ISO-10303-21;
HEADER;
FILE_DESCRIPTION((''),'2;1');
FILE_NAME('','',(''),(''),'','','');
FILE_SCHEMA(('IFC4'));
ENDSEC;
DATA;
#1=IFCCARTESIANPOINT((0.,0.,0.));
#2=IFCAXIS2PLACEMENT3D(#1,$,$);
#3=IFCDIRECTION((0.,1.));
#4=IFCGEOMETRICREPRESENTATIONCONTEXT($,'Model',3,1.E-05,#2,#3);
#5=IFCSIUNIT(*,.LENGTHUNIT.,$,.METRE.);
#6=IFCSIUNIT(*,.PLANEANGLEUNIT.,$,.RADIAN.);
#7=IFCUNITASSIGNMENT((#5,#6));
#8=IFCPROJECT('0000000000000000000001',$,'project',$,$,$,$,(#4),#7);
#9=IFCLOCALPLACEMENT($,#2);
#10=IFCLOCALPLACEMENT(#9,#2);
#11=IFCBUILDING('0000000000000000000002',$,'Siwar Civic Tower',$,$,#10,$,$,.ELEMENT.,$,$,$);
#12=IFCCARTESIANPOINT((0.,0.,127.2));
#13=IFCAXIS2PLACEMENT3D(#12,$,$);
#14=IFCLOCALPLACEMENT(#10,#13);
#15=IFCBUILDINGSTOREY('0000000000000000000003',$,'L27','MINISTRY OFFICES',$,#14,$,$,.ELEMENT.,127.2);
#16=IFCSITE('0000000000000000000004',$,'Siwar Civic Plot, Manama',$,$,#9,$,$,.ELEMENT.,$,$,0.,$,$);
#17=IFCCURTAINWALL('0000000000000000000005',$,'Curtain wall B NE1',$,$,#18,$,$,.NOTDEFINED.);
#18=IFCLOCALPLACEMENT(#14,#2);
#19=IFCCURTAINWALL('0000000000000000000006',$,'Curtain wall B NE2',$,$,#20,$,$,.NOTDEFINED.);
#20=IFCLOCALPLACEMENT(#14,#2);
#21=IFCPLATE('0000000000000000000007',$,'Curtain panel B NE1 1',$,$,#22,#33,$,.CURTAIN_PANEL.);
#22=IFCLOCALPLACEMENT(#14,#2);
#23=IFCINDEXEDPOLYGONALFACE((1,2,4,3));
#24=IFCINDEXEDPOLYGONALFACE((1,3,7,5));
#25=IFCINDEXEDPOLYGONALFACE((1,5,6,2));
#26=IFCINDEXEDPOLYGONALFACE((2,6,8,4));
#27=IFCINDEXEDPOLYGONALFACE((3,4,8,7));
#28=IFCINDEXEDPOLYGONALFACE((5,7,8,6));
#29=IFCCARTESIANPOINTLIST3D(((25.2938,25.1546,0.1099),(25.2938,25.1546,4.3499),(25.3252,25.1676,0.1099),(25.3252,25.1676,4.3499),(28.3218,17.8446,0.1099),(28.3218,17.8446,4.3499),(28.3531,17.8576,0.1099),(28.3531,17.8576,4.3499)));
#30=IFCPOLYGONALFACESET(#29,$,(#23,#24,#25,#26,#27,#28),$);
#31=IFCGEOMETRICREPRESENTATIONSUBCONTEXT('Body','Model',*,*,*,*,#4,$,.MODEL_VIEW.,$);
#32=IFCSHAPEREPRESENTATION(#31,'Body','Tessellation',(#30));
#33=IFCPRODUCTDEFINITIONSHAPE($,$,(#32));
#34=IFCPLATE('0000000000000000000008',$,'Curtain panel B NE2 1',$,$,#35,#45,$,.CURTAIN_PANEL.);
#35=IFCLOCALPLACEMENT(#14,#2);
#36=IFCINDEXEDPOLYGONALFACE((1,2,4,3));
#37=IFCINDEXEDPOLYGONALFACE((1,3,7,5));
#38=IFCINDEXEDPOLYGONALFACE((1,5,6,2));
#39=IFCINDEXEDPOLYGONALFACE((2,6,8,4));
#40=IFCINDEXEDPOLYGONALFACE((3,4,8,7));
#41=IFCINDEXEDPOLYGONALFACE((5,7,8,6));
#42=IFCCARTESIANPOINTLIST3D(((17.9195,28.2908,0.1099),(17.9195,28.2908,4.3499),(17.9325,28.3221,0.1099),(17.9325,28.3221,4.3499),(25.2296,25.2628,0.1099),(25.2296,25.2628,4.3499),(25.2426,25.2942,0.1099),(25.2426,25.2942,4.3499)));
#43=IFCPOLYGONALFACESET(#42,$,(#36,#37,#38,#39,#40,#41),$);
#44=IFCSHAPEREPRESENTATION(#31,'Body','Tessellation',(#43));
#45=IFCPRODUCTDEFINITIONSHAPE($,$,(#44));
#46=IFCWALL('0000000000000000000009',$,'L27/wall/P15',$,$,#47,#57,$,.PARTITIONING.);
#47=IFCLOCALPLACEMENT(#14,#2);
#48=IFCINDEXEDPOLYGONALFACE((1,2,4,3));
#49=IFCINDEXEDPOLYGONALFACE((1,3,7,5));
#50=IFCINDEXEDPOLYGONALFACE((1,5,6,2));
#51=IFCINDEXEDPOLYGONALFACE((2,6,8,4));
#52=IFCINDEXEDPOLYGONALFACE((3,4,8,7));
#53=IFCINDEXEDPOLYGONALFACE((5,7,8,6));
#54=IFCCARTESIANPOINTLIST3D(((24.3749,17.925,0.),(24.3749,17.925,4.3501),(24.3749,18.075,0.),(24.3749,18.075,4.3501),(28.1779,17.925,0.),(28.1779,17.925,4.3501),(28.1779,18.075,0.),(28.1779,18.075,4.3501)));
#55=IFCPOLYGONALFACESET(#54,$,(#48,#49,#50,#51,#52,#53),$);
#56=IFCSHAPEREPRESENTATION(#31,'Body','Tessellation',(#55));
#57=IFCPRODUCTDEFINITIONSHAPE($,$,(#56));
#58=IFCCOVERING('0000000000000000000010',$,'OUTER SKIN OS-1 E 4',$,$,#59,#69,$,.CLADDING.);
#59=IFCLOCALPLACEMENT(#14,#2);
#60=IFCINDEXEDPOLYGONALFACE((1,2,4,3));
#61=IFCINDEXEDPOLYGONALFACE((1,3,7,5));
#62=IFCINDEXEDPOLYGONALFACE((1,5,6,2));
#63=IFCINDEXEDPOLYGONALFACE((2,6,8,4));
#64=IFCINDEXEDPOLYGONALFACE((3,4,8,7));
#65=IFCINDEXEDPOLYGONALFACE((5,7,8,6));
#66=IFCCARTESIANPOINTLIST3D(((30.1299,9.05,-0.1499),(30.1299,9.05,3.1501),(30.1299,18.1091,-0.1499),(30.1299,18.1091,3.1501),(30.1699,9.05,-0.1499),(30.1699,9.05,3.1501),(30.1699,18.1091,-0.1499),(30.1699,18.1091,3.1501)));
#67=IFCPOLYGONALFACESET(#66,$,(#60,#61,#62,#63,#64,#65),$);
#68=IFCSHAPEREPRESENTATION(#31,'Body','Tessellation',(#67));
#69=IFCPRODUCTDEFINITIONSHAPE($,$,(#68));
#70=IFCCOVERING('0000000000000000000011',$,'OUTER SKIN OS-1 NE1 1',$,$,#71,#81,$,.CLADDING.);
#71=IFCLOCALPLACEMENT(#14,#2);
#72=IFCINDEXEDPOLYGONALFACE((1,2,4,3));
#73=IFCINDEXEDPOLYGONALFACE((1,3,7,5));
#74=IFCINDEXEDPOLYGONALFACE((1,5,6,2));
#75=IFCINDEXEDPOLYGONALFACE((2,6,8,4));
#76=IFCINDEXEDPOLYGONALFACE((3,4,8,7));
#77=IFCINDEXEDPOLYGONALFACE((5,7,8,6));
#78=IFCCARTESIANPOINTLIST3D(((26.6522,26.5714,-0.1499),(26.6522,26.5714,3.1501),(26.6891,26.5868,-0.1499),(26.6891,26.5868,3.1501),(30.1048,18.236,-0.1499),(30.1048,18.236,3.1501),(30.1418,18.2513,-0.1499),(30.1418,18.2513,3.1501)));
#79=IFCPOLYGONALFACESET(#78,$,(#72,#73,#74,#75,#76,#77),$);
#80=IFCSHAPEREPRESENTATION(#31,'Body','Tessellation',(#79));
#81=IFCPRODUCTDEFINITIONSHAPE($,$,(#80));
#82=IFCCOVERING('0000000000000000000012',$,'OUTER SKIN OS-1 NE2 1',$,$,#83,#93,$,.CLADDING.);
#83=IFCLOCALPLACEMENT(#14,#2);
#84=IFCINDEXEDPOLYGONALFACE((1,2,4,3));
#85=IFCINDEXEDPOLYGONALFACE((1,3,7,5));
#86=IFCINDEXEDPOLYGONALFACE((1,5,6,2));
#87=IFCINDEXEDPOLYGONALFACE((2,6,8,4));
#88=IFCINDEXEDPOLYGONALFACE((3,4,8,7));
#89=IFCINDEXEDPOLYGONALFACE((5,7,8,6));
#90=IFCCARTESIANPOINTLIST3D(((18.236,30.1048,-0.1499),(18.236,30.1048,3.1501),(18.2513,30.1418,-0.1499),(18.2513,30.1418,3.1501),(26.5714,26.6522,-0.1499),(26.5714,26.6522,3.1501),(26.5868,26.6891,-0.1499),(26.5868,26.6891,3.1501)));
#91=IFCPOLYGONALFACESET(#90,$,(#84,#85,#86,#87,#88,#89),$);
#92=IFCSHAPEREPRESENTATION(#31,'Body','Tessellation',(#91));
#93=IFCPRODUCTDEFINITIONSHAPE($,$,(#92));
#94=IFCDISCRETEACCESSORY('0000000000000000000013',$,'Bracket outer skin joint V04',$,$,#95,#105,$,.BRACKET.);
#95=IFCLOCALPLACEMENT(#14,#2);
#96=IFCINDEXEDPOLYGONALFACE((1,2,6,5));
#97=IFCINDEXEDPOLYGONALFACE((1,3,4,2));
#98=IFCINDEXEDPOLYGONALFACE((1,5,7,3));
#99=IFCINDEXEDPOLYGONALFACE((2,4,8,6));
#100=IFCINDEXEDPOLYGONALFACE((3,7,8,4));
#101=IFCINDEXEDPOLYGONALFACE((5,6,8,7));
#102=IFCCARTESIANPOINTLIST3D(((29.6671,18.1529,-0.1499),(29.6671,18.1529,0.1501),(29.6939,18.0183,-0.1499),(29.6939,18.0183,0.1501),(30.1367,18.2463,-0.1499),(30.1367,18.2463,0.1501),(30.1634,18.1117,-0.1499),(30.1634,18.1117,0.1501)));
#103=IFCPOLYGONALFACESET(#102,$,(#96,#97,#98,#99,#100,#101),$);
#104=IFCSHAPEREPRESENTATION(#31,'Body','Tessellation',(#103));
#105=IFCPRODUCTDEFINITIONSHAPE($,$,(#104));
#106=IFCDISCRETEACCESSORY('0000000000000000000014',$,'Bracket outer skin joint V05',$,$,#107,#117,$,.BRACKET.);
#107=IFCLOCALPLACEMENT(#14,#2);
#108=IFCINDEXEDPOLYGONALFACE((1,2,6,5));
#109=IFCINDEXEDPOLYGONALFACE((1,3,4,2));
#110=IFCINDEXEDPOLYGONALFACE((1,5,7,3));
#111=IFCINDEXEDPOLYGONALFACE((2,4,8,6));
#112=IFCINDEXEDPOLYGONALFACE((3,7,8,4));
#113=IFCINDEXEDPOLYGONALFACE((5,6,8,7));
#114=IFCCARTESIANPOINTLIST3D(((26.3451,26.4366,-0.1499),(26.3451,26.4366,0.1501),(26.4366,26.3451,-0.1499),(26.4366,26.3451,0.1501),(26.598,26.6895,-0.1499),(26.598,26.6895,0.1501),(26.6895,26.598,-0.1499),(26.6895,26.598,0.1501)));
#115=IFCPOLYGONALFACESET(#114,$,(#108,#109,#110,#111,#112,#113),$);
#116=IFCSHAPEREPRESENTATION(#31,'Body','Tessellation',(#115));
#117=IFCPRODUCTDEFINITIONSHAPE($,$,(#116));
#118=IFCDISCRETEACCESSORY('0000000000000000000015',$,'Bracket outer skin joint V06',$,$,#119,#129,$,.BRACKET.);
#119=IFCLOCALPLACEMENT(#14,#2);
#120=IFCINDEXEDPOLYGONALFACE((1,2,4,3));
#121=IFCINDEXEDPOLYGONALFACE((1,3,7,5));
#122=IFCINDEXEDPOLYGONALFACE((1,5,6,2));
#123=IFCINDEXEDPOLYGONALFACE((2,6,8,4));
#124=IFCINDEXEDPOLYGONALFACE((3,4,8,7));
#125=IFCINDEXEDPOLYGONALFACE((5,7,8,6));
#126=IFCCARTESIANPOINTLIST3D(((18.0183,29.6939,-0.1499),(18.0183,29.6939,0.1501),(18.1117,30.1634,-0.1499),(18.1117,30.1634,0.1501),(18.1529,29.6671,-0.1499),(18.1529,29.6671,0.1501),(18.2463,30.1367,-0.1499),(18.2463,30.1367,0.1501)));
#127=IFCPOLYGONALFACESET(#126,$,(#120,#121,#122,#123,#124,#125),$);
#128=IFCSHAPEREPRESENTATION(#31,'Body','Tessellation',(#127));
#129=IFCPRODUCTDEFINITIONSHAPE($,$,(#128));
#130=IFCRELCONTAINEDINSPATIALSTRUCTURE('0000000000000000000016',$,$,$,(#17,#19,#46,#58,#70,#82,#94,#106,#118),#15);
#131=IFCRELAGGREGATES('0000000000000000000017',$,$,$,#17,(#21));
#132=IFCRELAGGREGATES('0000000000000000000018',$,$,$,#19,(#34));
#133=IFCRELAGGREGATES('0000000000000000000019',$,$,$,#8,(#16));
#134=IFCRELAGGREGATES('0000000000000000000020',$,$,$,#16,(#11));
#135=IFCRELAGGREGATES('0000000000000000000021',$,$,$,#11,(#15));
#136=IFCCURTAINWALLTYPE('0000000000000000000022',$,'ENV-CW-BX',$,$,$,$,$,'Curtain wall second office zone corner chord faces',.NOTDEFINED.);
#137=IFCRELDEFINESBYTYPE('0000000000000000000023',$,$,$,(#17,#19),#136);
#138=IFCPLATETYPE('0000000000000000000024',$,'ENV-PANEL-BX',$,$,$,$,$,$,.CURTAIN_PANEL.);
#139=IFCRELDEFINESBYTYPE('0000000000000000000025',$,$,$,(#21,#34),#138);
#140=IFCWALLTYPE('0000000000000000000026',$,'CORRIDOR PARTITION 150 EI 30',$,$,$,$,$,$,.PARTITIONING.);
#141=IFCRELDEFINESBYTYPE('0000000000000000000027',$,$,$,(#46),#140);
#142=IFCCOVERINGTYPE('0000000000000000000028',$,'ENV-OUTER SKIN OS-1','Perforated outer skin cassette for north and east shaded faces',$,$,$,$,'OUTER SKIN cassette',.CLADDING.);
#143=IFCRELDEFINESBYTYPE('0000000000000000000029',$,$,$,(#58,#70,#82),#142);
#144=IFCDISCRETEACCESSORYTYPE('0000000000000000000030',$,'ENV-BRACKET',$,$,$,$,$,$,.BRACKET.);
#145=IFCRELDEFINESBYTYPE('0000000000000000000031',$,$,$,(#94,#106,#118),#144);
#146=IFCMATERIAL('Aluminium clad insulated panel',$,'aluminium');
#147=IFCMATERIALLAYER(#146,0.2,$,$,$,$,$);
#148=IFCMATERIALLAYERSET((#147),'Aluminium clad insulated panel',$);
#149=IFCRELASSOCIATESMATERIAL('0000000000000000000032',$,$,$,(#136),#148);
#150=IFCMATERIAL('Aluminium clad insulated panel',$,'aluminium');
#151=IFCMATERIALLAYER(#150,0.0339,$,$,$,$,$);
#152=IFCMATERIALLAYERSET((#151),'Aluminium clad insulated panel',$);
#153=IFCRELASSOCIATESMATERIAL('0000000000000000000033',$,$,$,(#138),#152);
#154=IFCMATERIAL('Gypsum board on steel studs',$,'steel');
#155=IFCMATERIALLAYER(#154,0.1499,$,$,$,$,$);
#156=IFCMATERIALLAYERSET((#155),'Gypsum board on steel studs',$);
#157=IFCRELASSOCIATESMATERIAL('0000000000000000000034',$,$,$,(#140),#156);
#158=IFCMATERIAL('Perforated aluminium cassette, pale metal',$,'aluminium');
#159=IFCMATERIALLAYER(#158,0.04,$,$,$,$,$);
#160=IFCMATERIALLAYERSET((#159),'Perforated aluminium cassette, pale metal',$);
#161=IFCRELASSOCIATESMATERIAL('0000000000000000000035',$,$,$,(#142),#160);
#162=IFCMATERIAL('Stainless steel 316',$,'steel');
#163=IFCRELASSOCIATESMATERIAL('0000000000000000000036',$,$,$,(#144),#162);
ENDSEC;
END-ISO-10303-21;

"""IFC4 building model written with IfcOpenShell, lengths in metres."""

from ifc_helpers import new_model, si_unit, direction, frame, frame_2d, origin, origin_2d, place, context, subcontext, project, spatial, rectangle, extrude, material, layer, layer_set, type_object, element, aggregate, save


model = new_model("IFC4")

# Units and contexts
model_context = context("Model", 3, precision=1e-05, world=origin(), true_north=direction((0.0, 1.0)))
body_context = subcontext(model_context, "Body", "Model", "MODEL_VIEW")
ifc_project = project(units=[si_unit("LENGTHUNIT", "METRE"), si_unit("PLANEANGLEUNIT", "RADIAN")], contexts=[model_context])

# Site, building, storey
site_placement = place(None, origin())
site = spatial("IfcSite", under=ifc_project, at=site_placement, Name="Siwar Civic Plot, Manama", CompositionType="ELEMENT", RefElevation=0.0)
building_placement = place(site_placement, origin())
building = spatial("IfcBuilding", under=site, at=building_placement, Name="Siwar Civic Tower", CompositionType="ELEMENT")
storey_placement = place(building_placement, frame((0.0, 0.0, 127.2)))
storey = spatial("IfcBuildingStorey", under=building, at=storey_placement, Name="L27", Description="MINISTRY OFFICES", CompositionType="ELEMENT", Elevation=127.2)

# Curtain walls
ifc_material_1 = material(Name="Aluminium clad insulated panel", Category="aluminium")
ifc_layer_1 = layer(ifc_material_1, 0.2)
ifc_layer_set_1 = layer_set([ifc_layer_1], Name="Aluminium clad insulated panel")
curtain_wall_type = type_object("IfcCurtainWallType", Name="ENV-CW-BX", ElementType="Curtain wall second office zone corner chord faces", PredefinedType="NOTDEFINED", material=ifc_layer_set_1)
curtain_wall_1_placement = place(storey_placement, origin())
curtain_wall_1 = element("IfcCurtainWall", 1, at=curtain_wall_1_placement, inside=storey, type_object=curtain_wall_type, Name="Curtain wall B NE1", PredefinedType="NOTDEFINED")
curtain_wall_2_placement = place(storey_placement, origin())
curtain_wall_2 = element("IfcCurtainWall", 2, at=curtain_wall_2_placement, inside=storey, type_object=curtain_wall_type, Name="Curtain wall B NE2", PredefinedType="NOTDEFINED")

# Plates
ifc_material_2 = material(Name="Aluminium clad insulated panel", Category="aluminium")
ifc_layer_2 = layer(ifc_material_2, 0.0339)
ifc_layer_set_2 = layer_set([ifc_layer_2], Name="Aluminium clad insulated panel")
plate_type = type_object("IfcPlateType", Name="ENV-PANEL-BX", PredefinedType="CURTAIN_PANEL", material=ifc_layer_set_2)
plate_1_placement = place(storey_placement, frame((26.8235, 21.5061, 0.1099), z_axis=(0.0, 0.0, 1.0), x_axis=(-0.382683, 0.92388, 0.0)))
plate_1 = element("IfcPlate", 3, at=plate_1_placement, type_object=plate_type, Name="Curtain panel B NE1 1", PredefinedType="CURTAIN_PANEL", context=body_context, shape_type="SweptSolid", body=[
    extrude(rectangle(XDim=7.9124, YDim=0.0339, at=origin_2d()), origin(), (0.0, 0.0, 1.0), 4.24),
])
aggregate(curtain_wall_1, [plate_1])
plate_2_placement = place(storey_placement, frame((21.5811, 26.7925, 0.1099), z_axis=(0.0, 0.0, 1.0), x_axis=(-0.92388, 0.382683, 0.0)))
plate_2 = element("IfcPlate", 4, at=plate_2_placement, type_object=plate_type, Name="Curtain panel B NE2 1", PredefinedType="CURTAIN_PANEL", context=body_context, shape_type="SweptSolid", body=[
    extrude(rectangle(XDim=7.9124, YDim=0.0339, at=origin_2d()), origin(), (0.0, 0.0, 1.0), 4.24),
])
aggregate(curtain_wall_2, [plate_2])

# Wall
ifc_material_3 = material(Name="Gypsum board on steel studs", Category="steel")
ifc_layer_3 = layer(ifc_material_3, 0.1499)
ifc_layer_set_3 = layer_set([ifc_layer_3], Name="Gypsum board on steel studs")
wall_type = type_object("IfcWallType", Name="CORRIDOR PARTITION 150 EI 30", PredefinedType="PARTITIONING", material=ifc_layer_set_3)
wall_placement = place(storey_placement, frame((24.375, 18.0, 0.0), z_axis=(0.0, 0.0, 1.0), x_axis=(1.0, 0.0, 0.0)))
element("IfcWall", 5, at=wall_placement, inside=storey, type_object=wall_type, Name="L27/wall/P15", PredefinedType="PARTITIONING", context=body_context, shape_type="SweptSolid", body=[
    extrude(rectangle(XDim=3.803, YDim=0.1499, at=frame_2d((1.9014, 0.0))), origin(), (0.0, 0.0, 1.0), 4.3501),
])

# Coverings
ifc_material_4 = material(Name="Perforated aluminium cassette, pale metal", Category="aluminium")
ifc_layer_4 = layer(ifc_material_4, 0.04)
ifc_layer_set_4 = layer_set([ifc_layer_4], Name="Perforated aluminium cassette, pale metal")
covering_type = type_object("IfcCoveringType", Name="ENV-OUTER SKIN OS-1", Description="Perforated outer skin cassette for north and east shaded faces", ElementType="OUTER SKIN cassette", PredefinedType="CLADDING", material=ifc_layer_set_4)
covering_placement = place(storey_placement, frame((30.1499, 13.5796, -0.1499), z_axis=(0.0, 0.0, 1.0), x_axis=(0.0, 1.0, 0.0)))
element("IfcCovering", 6, at=covering_placement, inside=storey, type_object=covering_type, Name="OUTER SKIN OS-1 E 4", PredefinedType="CLADDING", context=body_context, shape_type="SweptSolid", body=[
    extrude(rectangle(XDim=9.0591, YDim=0.04, at=origin_2d()), origin(), (0.0, 0.0, 1.0), 3.3),
])
for number, where, z_axis, x_axis, name in (
    (7, (28.397, 22.4114, -0.1499), (0.0, 0.0, 1.0), (-0.382683, 0.92388, 0.0), "OUTER SKIN OS-1 NE1 1"),
    (8, (22.4114, 28.397, -0.1499), (0.0, 0.0, 1.0), (-0.92388, 0.382683, 0.0), "OUTER SKIN OS-1 NE2 1"),
):
    element("IfcCovering", number, at=place(storey_placement, frame(where, z_axis=z_axis, x_axis=x_axis)), inside=storey, type_object=covering_type, Name=name, PredefinedType="CLADDING", context=body_context, shape_type="SweptSolid", body=[
        extrude(rectangle(XDim=9.0222, YDim=0.04, at=origin_2d()), origin(), (0.0, 0.0, 1.0), 3.3),
    ])

# Discrete accessories
ifc_material_5 = material(Name="Stainless steel 316", Category="steel")
discrete_accessory_type = type_object("IfcDiscreteAccessoryType", Name="ENV-BRACKET", PredefinedType="BRACKET", material=ifc_material_5)
discrete_accessory_1_placement = place(storey_placement, frame((29.9153, 18.1323, -0.1499), z_axis=(0.0, 0.0, 1.0), x_axis=(0.980785, 0.19509, 0.0)))
element("IfcDiscreteAccessory", 9, at=discrete_accessory_1_placement, inside=storey, type_object=discrete_accessory_type, Name="Bracket outer skin joint V04", PredefinedType="BRACKET", context=body_context, shape_type="SweptSolid", body=[
    extrude(rectangle(XDim=0.4788, YDim=0.1372, at=origin_2d()), origin(), (0.0, 0.0, 1.0), 0.3),
])
discrete_accessory_2_placement = place(storey_placement, frame((26.5173, 26.5173, -0.1499), z_axis=(0.0, 0.0, 1.0), x_axis=(0.707107, 0.707107, 0.0)))
element("IfcDiscreteAccessory", 10, at=discrete_accessory_2_placement, inside=storey, type_object=discrete_accessory_type, Name="Bracket outer skin joint V05", PredefinedType="BRACKET", context=body_context, shape_type="SweptSolid", body=[
    extrude(rectangle(XDim=0.3577, YDim=0.1294, at=origin_2d()), origin(), (0.0, 0.0, 1.0), 0.3),
])
discrete_accessory_3_placement = place(storey_placement, frame((18.1323, 29.9153, -0.1499), z_axis=(0.0, 0.0, 1.0), x_axis=(0.19509, 0.980785, 0.0)))
element("IfcDiscreteAccessory", 11, at=discrete_accessory_3_placement, inside=storey, type_object=discrete_accessory_type, Name="Bracket outer skin joint V06", PredefinedType="BRACKET", context=body_context, shape_type="SweptSolid", body=[
    extrude(rectangle(XDim=0.4788, YDim=0.1372, at=origin_2d()), origin(), (0.0, 0.0, 1.0), 0.3),
])

save(model, "model.ifc")
